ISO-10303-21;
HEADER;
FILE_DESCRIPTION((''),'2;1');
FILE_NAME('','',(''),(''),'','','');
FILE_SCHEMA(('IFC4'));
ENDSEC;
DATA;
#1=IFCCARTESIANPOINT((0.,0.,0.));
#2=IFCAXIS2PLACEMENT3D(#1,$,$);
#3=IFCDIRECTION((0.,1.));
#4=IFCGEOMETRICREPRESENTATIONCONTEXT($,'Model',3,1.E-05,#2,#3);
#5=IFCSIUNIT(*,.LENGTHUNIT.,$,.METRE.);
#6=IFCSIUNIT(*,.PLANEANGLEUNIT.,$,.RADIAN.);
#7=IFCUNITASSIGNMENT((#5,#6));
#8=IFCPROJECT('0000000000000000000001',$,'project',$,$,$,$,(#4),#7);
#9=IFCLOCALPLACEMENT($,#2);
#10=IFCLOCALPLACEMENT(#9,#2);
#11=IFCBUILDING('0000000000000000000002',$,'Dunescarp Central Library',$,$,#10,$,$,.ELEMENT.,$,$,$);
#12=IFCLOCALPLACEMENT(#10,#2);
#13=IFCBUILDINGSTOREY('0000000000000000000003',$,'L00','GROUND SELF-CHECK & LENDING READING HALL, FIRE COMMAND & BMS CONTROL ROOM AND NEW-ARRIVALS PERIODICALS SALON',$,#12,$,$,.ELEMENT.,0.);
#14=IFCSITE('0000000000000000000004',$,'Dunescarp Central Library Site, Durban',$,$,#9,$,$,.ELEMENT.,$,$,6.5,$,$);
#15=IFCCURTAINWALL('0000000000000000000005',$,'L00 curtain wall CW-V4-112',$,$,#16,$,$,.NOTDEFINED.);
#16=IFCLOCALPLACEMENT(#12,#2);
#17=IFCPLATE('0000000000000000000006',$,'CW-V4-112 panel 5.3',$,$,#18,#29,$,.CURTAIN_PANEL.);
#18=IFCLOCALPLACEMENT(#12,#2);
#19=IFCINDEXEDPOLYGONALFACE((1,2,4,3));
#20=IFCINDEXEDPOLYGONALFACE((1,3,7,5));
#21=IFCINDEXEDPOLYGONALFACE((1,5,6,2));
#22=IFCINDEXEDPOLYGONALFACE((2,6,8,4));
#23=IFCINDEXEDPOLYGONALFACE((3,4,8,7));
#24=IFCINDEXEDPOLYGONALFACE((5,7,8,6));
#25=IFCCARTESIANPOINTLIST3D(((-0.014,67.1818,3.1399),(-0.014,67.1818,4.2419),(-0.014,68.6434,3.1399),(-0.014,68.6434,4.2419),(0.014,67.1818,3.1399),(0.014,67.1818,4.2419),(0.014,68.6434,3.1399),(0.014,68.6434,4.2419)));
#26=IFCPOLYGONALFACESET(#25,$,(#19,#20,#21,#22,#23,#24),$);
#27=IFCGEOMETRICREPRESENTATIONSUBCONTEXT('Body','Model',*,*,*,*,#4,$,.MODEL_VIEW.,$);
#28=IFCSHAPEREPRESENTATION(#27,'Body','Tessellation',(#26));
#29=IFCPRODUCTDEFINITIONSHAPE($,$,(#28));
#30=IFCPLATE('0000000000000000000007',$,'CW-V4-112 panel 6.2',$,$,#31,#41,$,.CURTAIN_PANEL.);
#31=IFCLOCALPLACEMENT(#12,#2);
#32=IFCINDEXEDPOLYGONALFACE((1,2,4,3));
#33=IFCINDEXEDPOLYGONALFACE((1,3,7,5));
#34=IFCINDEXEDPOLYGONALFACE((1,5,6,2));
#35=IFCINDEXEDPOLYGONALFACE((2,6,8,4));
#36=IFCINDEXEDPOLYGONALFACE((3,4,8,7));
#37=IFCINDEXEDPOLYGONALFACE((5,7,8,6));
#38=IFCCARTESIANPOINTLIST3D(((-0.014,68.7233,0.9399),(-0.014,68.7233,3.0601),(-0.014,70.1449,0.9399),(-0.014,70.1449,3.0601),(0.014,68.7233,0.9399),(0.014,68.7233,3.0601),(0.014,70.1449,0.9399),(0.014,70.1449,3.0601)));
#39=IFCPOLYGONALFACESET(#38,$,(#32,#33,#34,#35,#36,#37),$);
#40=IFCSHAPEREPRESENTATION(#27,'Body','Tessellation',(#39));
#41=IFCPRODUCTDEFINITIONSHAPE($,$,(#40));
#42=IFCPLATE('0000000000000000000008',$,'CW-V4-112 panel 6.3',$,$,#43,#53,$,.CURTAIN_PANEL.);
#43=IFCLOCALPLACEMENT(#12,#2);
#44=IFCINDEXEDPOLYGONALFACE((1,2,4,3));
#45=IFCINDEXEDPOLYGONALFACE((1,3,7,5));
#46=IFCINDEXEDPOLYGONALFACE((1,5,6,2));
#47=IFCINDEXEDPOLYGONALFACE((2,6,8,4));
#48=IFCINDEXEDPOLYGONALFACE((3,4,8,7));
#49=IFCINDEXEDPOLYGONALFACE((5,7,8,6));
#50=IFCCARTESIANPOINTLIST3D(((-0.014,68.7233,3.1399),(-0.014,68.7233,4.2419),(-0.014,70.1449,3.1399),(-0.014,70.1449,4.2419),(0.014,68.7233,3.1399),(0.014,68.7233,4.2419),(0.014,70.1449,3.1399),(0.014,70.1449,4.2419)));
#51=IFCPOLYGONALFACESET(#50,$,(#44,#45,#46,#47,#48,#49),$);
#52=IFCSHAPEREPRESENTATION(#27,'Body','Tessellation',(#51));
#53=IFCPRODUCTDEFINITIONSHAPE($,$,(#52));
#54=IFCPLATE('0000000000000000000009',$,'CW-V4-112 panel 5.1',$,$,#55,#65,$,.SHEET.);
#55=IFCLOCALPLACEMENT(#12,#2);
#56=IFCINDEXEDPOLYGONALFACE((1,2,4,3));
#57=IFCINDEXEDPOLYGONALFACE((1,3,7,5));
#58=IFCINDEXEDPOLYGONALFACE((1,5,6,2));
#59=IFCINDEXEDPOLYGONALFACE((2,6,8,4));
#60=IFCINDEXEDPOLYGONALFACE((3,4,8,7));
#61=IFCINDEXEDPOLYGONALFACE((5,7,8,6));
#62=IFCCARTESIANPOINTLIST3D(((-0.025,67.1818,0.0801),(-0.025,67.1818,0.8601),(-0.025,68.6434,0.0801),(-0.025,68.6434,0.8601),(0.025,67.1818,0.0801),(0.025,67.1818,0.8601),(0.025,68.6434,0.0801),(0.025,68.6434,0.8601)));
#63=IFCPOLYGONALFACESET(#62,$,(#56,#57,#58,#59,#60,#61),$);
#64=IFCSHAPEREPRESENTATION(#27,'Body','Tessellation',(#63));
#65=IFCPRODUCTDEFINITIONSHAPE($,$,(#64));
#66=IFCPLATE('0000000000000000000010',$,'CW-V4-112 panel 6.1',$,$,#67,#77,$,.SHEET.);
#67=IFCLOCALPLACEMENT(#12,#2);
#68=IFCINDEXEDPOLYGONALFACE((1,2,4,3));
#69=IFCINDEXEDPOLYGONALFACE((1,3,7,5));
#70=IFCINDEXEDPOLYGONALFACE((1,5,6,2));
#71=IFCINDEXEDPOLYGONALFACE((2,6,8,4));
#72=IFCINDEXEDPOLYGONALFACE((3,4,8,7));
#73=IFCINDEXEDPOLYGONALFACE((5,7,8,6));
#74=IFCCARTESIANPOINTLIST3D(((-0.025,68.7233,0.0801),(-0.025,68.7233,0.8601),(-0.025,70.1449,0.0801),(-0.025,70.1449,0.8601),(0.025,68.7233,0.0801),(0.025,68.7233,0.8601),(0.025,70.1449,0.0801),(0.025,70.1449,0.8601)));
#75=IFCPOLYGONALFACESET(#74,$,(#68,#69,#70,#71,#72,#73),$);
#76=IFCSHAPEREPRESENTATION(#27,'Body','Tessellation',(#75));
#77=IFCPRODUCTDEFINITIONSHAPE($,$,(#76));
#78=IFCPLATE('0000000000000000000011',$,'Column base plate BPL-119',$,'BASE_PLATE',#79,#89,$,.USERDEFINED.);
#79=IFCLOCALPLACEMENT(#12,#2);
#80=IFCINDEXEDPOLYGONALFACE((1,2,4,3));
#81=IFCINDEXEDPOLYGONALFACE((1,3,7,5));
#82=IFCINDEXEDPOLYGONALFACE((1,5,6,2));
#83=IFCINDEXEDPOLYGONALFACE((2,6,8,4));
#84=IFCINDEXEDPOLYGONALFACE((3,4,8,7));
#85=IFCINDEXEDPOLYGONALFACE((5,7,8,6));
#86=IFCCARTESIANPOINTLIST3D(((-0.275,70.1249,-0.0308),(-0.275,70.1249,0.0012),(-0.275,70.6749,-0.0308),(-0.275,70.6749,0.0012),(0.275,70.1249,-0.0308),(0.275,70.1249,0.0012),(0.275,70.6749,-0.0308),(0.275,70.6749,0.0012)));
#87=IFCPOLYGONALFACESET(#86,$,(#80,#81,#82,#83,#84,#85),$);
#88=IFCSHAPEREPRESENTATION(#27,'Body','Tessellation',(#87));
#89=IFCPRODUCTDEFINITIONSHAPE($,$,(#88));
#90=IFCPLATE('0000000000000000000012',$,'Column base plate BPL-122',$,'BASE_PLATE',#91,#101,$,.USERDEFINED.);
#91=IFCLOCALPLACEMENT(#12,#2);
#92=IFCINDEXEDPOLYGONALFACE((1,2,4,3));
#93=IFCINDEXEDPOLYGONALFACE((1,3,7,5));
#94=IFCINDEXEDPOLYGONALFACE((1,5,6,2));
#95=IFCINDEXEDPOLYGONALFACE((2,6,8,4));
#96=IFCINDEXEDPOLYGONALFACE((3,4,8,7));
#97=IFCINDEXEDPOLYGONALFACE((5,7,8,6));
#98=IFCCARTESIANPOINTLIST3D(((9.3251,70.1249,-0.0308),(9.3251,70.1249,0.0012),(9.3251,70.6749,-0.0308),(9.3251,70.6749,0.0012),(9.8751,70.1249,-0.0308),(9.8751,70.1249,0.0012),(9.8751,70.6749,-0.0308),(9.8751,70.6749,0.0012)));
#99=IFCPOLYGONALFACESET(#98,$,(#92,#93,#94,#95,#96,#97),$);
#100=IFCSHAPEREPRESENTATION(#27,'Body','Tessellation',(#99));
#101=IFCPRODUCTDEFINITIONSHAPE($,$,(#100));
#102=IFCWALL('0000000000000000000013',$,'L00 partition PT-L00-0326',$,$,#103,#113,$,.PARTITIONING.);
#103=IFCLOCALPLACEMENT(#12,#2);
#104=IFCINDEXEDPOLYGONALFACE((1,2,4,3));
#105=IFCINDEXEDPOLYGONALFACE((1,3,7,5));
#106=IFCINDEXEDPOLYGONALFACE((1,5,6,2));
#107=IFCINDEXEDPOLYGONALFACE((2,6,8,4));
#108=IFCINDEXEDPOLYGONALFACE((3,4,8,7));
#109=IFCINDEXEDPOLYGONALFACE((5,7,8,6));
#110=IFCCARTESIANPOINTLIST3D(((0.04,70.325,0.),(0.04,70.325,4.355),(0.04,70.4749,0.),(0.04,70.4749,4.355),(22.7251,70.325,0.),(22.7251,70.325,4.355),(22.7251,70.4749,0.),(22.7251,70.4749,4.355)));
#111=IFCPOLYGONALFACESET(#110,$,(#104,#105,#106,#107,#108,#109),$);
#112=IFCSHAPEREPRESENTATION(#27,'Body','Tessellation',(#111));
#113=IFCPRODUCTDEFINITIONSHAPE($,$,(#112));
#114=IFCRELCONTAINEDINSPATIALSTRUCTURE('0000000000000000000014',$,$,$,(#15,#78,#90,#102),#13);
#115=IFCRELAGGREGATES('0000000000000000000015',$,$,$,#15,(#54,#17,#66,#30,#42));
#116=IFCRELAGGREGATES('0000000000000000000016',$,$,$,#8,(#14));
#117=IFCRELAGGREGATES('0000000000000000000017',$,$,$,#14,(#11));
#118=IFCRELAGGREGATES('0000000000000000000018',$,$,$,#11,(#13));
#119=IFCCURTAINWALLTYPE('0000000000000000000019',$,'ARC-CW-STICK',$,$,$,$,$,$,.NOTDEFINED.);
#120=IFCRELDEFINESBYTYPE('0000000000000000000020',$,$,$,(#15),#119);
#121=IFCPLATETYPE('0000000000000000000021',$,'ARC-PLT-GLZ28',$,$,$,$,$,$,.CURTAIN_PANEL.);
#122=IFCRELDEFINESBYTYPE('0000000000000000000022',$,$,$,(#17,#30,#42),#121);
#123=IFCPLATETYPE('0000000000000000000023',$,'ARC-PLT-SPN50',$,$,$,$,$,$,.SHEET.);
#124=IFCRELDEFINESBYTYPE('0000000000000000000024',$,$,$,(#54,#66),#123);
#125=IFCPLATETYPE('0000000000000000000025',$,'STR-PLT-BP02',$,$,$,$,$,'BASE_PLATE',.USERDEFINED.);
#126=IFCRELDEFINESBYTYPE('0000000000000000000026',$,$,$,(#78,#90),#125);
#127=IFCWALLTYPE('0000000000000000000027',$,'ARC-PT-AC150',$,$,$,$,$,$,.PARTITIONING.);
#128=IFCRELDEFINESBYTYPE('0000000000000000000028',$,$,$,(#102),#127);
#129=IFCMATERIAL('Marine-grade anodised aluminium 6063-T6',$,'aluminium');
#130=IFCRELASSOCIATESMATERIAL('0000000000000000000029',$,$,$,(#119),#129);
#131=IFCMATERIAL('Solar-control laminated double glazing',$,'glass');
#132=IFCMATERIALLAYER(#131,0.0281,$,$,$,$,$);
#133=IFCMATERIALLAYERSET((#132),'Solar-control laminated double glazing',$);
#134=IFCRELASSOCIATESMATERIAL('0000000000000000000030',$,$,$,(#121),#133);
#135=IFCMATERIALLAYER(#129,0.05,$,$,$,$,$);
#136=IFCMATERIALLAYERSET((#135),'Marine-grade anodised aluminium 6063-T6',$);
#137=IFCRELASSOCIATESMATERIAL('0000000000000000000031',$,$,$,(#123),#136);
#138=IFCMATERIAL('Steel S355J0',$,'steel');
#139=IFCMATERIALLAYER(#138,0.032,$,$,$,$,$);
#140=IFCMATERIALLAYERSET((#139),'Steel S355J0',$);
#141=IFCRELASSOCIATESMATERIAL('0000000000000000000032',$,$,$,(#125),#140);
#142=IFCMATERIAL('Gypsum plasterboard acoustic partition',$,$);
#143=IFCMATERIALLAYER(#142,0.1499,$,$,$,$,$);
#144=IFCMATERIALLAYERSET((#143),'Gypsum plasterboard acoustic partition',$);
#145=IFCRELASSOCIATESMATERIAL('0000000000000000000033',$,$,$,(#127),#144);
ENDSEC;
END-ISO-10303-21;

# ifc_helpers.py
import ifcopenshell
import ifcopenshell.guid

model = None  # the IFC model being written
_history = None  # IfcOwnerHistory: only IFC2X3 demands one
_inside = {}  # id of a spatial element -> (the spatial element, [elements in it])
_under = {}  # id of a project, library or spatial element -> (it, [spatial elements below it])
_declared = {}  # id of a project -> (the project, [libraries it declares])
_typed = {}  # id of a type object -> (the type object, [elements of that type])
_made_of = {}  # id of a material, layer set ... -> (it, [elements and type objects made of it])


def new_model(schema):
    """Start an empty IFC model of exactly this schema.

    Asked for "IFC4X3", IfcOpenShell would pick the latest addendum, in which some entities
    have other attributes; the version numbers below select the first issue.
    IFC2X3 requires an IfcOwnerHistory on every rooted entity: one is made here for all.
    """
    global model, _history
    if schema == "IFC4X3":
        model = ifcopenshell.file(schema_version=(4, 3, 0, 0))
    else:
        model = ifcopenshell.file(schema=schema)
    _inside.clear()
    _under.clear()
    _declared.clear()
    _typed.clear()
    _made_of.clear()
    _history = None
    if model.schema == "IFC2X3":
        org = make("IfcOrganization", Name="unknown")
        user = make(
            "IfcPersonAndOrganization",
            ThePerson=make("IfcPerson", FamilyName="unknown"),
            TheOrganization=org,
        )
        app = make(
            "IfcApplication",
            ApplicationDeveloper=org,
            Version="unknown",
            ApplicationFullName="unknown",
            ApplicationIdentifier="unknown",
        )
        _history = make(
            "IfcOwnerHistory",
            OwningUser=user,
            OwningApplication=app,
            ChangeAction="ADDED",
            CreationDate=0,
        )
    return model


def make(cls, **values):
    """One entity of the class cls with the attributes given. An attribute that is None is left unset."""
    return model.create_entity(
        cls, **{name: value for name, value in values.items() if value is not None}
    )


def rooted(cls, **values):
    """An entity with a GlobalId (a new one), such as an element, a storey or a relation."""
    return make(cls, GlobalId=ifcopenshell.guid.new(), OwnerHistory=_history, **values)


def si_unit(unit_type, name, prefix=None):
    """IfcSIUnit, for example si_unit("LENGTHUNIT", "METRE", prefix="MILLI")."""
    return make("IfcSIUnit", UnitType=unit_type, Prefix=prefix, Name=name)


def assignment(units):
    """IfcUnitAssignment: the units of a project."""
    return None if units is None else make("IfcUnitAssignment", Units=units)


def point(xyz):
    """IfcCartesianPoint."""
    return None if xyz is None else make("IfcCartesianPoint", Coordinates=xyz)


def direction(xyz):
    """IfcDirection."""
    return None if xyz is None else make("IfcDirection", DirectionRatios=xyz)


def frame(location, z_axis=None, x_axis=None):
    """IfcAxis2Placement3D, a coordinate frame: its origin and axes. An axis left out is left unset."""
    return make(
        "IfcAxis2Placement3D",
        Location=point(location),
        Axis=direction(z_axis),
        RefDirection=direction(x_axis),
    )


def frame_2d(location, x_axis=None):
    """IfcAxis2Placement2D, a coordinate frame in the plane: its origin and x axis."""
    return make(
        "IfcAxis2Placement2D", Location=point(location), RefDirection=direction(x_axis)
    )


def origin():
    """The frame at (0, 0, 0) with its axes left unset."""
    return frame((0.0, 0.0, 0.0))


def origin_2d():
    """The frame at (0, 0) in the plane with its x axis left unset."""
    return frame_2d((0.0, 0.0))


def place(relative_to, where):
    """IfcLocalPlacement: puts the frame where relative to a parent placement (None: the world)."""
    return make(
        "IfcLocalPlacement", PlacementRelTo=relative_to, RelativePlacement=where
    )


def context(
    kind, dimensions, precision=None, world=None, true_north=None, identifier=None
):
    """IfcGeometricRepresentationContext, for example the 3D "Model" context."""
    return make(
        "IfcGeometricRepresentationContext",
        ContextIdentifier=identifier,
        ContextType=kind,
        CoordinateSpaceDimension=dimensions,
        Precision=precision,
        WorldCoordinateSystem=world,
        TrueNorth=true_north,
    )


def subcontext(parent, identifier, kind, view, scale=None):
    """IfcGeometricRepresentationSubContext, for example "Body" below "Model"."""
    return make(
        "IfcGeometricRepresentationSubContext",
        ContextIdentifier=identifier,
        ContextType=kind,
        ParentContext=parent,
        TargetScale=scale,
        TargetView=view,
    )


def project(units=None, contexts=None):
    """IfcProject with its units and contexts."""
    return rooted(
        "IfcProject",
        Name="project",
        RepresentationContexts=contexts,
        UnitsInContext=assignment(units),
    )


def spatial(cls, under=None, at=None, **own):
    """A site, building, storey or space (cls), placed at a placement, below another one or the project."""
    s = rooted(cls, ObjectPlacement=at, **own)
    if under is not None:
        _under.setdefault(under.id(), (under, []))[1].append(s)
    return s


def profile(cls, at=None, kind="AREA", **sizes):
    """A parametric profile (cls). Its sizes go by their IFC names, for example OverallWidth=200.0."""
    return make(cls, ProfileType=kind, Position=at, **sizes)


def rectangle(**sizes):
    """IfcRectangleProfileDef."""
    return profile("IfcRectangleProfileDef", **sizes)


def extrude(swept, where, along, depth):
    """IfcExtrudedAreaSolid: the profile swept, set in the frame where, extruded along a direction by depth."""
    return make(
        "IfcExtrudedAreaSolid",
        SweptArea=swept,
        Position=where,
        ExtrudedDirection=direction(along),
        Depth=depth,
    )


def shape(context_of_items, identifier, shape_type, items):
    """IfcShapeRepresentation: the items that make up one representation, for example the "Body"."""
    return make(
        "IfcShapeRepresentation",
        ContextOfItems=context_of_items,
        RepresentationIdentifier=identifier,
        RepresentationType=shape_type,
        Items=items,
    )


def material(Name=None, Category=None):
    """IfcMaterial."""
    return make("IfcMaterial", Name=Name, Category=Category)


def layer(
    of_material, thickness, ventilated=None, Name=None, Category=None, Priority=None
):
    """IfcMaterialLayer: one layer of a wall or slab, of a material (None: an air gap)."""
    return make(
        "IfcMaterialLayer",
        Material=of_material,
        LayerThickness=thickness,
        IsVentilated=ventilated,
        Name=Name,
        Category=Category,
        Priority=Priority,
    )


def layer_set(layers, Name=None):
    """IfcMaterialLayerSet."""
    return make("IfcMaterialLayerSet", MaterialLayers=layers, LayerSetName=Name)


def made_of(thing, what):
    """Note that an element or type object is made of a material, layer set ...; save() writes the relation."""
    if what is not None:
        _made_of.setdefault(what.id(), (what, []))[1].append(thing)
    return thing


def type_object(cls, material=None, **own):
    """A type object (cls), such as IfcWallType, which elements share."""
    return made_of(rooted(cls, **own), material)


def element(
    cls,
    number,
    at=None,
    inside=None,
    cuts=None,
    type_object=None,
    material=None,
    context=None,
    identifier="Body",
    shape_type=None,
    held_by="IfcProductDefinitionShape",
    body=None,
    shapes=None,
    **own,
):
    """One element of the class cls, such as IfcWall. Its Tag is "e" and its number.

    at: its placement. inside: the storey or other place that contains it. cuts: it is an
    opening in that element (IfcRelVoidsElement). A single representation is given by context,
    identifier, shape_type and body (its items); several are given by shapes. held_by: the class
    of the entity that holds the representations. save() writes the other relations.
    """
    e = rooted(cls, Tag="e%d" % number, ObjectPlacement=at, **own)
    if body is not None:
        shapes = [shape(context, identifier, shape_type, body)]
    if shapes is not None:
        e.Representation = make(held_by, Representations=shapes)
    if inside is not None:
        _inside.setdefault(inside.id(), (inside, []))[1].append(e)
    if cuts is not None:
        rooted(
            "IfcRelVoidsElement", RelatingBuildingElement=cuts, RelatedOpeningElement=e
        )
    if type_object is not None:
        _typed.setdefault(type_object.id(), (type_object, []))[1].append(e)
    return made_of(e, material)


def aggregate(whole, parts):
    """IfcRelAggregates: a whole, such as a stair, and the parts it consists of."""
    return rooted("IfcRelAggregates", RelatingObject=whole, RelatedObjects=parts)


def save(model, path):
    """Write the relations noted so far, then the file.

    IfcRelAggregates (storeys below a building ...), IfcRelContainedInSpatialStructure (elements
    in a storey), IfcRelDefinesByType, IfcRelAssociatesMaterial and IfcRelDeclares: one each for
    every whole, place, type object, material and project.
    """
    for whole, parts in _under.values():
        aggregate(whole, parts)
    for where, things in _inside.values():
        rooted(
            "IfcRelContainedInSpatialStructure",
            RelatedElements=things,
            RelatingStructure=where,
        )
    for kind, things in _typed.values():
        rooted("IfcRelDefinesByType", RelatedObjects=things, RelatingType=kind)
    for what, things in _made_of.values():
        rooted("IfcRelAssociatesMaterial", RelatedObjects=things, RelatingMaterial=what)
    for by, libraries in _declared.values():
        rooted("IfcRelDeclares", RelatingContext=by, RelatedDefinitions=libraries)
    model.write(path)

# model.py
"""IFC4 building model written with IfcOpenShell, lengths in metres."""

from ifc_helpers import new_model, si_unit, direction, frame, frame_2d, origin, origin_2d, place, context, subcontext, project, spatial, rectangle, extrude, material, layer, layer_set, type_object, element, aggregate, save


model = new_model("IFC4")

# Units and contexts
model_context = context("Model", 3, precision=1e-05, world=origin(), true_north=direction((0.0, 1.0)))
body_context = subcontext(model_context, "Body", "Model", "MODEL_VIEW")
ifc_project = project(units=[si_unit("LENGTHUNIT", "METRE"), si_unit("PLANEANGLEUNIT", "RADIAN")], contexts=[model_context])

# Site, building, storey
site_placement = place(None, origin())
site = spatial("IfcSite", under=ifc_project, at=site_placement, Name="Dunescarp Central Library Site, Durban", CompositionType="ELEMENT", RefElevation=6.5)
building_placement = place(site_placement, origin())
building = spatial("IfcBuilding", under=site, at=building_placement, Name="Dunescarp Central Library", CompositionType="ELEMENT")
storey_placement = place(building_placement, origin())
storey = spatial("IfcBuildingStorey", under=building, at=storey_placement, Name="L00", Description="GROUND SELF-CHECK & LENDING READING HALL, FIRE COMMAND & BMS CONTROL ROOM AND NEW-ARRIVALS PERIODICALS SALON", CompositionType="ELEMENT", Elevation=0.0)

# Curtain wall
ifc_material_1 = material(Name="Marine-grade anodised aluminium 6063-T6", Category="aluminium")
curtain_wall_type = type_object("IfcCurtainWallType", Name="ARC-CW-STICK", PredefinedType="NOTDEFINED", material=ifc_material_1)
curtain_wall_1_placement = place(storey_placement, origin())
curtain_wall_1 = element("IfcCurtainWall", 1, at=curtain_wall_1_placement, inside=storey, type_object=curtain_wall_type, Name="L00 curtain wall CW-V4-112", PredefinedType="NOTDEFINED")

# Plates
ifc_material_2 = material(Name="Solar-control laminated double glazing", Category="glass")
ifc_layer_1 = layer(ifc_material_2, 0.0281)
ifc_layer_set_1 = layer_set([ifc_layer_1], Name="Solar-control laminated double glazing")
plate_type_1 = type_object("IfcPlateType", Name="ARC-PLT-GLZ28", PredefinedType="CURTAIN_PANEL", material=ifc_layer_set_1)
plate_1_placement = place(storey_placement, frame((0.0, 67.9126, 3.1399), z_axis=(0.0, 0.0, 1.0), x_axis=(0.0, 1.0, 0.0)))
plate_1 = element("IfcPlate", 2, at=plate_1_placement, type_object=plate_type_1, Name="CW-V4-112 panel 5.3", PredefinedType="CURTAIN_PANEL", context=body_context, shape_type="SweptSolid", body=[
    extrude(rectangle(XDim=1.4617, YDim=0.0281, at=origin_2d()), origin(), (0.0, 0.0, 1.0), 1.1021),
])
plate_2_placement = place(storey_placement, frame((0.0, 69.4341, 0.9399), z_axis=(0.0, 0.0, 1.0), x_axis=(0.0, 1.0, 0.0)))
plate_2 = element("IfcPlate", 3, at=plate_2_placement, type_object=plate_type_1, Name="CW-V4-112 panel 6.2", PredefinedType="CURTAIN_PANEL", context=body_context, shape_type="SweptSolid", body=[
    extrude(rectangle(XDim=1.4216, YDim=0.0281, at=origin_2d()), origin(), (0.0, 0.0, 1.0), 2.1201),
])
plate_3_placement = place(storey_placement, frame((0.0, 69.4341, 3.1399), z_axis=(0.0, 0.0, 1.0), x_axis=(0.0, 1.0, 0.0)))
plate_3 = element("IfcPlate", 4, at=plate_3_placement, type_object=plate_type_1, Name="CW-V4-112 panel 6.3", PredefinedType="CURTAIN_PANEL", context=body_context, shape_type="SweptSolid", body=[
    extrude(rectangle(XDim=1.4216, YDim=0.0281, at=origin_2d()), origin(), (0.0, 0.0, 1.0), 1.1021),
])
ifc_layer_2 = layer(ifc_material_1, 0.05)
ifc_layer_set_2 = layer_set([ifc_layer_2], Name="Marine-grade anodised aluminium 6063-T6")
plate_type_2 = type_object("IfcPlateType", Name="ARC-PLT-SPN50", PredefinedType="SHEET", material=ifc_layer_set_2)
plate_4_placement = place(storey_placement, frame((0.0, 67.9126, 0.0801), z_axis=(0.0, 0.0, 1.0), x_axis=(0.0, 1.0, 0.0)))
plate_4 = element("IfcPlate", 5, at=plate_4_placement, type_object=plate_type_2, Name="CW-V4-112 panel 5.1", PredefinedType="SHEET", context=body_context, shape_type="SweptSolid", body=[
    extrude(rectangle(XDim=1.4617, YDim=0.05, at=origin_2d()), origin(), (0.0, 0.0, 1.0), 0.78),
])
plate_5_placement = place(storey_placement, frame((0.0, 69.4341, 0.0801), z_axis=(0.0, 0.0, 1.0), x_axis=(0.0, 1.0, 0.0)))
plate_5 = element("IfcPlate", 6, at=plate_5_placement, type_object=plate_type_2, Name="CW-V4-112 panel 6.1", PredefinedType="SHEET", context=body_context, shape_type="SweptSolid", body=[
    extrude(rectangle(XDim=1.4216, YDim=0.05, at=origin_2d()), origin(), (0.0, 0.0, 1.0), 0.78),
])
aggregate(curtain_wall_1, [plate_4, plate_1, plate_5, plate_2, plate_3])

# Plates
ifc_material_3 = material(Name="Steel S355J0", Category="steel")
ifc_layer_3 = layer(ifc_material_3, 0.032)
ifc_layer_set_3 = layer_set([ifc_layer_3], Name="Steel S355J0")
plate_type_3 = type_object("IfcPlateType", Name="STR-PLT-BP02", ElementType="BASE_PLATE", PredefinedType="USERDEFINED", material=ifc_layer_set_3)
for number, where, z_axis, x_axis, name in (
    (7, (0.0, 70.3999, -0.0308), (0.0, 0.0, 1.0), (1.0, 0.0, 0.0), "Column base plate BPL-119"),
    (8, (9.6001, 70.3999, -0.0308), (0.0, 0.0, 1.0), (1.0, 0.0, 0.0), "Column base plate BPL-122"),
):
    element("IfcPlate", number, at=place(storey_placement, frame(where, z_axis=z_axis, x_axis=x_axis)), inside=storey, type_object=plate_type_3, Name=name, ObjectType="BASE_PLATE", PredefinedType="USERDEFINED", context=body_context, shape_type="SweptSolid", body=[
        extrude(rectangle(XDim=0.55, YDim=0.55, at=origin_2d()), origin(), (0.0, 0.0, 1.0), 0.032),
    ])

# Wall
ifc_material_4 = material(Name="Gypsum plasterboard acoustic partition")
ifc_layer_4 = layer(ifc_material_4, 0.1499)
ifc_layer_set_4 = layer_set([ifc_layer_4], Name="Gypsum plasterboard acoustic partition")
wall_type = type_object("IfcWallType", Name="ARC-PT-AC150", PredefinedType="PARTITIONING", material=ifc_layer_set_4)
wall_placement = place(storey_placement, frame((0.04, 70.3999, 0.0), z_axis=(0.0, 0.0, 1.0), x_axis=(1.0, 0.0, 0.0)))
element("IfcWall", 9, at=wall_placement, inside=storey, type_object=wall_type, Name="L00 partition PT-L00-0326", PredefinedType="PARTITIONING", context=body_context, shape_type="SweptSolid", body=[
    extrude(rectangle(XDim=22.6851, YDim=0.1499, at=frame_2d((11.3425, 0.0))), origin(), (0.0, 0.0, 1.0), 4.355),
])

save(model, "model.ifc")
